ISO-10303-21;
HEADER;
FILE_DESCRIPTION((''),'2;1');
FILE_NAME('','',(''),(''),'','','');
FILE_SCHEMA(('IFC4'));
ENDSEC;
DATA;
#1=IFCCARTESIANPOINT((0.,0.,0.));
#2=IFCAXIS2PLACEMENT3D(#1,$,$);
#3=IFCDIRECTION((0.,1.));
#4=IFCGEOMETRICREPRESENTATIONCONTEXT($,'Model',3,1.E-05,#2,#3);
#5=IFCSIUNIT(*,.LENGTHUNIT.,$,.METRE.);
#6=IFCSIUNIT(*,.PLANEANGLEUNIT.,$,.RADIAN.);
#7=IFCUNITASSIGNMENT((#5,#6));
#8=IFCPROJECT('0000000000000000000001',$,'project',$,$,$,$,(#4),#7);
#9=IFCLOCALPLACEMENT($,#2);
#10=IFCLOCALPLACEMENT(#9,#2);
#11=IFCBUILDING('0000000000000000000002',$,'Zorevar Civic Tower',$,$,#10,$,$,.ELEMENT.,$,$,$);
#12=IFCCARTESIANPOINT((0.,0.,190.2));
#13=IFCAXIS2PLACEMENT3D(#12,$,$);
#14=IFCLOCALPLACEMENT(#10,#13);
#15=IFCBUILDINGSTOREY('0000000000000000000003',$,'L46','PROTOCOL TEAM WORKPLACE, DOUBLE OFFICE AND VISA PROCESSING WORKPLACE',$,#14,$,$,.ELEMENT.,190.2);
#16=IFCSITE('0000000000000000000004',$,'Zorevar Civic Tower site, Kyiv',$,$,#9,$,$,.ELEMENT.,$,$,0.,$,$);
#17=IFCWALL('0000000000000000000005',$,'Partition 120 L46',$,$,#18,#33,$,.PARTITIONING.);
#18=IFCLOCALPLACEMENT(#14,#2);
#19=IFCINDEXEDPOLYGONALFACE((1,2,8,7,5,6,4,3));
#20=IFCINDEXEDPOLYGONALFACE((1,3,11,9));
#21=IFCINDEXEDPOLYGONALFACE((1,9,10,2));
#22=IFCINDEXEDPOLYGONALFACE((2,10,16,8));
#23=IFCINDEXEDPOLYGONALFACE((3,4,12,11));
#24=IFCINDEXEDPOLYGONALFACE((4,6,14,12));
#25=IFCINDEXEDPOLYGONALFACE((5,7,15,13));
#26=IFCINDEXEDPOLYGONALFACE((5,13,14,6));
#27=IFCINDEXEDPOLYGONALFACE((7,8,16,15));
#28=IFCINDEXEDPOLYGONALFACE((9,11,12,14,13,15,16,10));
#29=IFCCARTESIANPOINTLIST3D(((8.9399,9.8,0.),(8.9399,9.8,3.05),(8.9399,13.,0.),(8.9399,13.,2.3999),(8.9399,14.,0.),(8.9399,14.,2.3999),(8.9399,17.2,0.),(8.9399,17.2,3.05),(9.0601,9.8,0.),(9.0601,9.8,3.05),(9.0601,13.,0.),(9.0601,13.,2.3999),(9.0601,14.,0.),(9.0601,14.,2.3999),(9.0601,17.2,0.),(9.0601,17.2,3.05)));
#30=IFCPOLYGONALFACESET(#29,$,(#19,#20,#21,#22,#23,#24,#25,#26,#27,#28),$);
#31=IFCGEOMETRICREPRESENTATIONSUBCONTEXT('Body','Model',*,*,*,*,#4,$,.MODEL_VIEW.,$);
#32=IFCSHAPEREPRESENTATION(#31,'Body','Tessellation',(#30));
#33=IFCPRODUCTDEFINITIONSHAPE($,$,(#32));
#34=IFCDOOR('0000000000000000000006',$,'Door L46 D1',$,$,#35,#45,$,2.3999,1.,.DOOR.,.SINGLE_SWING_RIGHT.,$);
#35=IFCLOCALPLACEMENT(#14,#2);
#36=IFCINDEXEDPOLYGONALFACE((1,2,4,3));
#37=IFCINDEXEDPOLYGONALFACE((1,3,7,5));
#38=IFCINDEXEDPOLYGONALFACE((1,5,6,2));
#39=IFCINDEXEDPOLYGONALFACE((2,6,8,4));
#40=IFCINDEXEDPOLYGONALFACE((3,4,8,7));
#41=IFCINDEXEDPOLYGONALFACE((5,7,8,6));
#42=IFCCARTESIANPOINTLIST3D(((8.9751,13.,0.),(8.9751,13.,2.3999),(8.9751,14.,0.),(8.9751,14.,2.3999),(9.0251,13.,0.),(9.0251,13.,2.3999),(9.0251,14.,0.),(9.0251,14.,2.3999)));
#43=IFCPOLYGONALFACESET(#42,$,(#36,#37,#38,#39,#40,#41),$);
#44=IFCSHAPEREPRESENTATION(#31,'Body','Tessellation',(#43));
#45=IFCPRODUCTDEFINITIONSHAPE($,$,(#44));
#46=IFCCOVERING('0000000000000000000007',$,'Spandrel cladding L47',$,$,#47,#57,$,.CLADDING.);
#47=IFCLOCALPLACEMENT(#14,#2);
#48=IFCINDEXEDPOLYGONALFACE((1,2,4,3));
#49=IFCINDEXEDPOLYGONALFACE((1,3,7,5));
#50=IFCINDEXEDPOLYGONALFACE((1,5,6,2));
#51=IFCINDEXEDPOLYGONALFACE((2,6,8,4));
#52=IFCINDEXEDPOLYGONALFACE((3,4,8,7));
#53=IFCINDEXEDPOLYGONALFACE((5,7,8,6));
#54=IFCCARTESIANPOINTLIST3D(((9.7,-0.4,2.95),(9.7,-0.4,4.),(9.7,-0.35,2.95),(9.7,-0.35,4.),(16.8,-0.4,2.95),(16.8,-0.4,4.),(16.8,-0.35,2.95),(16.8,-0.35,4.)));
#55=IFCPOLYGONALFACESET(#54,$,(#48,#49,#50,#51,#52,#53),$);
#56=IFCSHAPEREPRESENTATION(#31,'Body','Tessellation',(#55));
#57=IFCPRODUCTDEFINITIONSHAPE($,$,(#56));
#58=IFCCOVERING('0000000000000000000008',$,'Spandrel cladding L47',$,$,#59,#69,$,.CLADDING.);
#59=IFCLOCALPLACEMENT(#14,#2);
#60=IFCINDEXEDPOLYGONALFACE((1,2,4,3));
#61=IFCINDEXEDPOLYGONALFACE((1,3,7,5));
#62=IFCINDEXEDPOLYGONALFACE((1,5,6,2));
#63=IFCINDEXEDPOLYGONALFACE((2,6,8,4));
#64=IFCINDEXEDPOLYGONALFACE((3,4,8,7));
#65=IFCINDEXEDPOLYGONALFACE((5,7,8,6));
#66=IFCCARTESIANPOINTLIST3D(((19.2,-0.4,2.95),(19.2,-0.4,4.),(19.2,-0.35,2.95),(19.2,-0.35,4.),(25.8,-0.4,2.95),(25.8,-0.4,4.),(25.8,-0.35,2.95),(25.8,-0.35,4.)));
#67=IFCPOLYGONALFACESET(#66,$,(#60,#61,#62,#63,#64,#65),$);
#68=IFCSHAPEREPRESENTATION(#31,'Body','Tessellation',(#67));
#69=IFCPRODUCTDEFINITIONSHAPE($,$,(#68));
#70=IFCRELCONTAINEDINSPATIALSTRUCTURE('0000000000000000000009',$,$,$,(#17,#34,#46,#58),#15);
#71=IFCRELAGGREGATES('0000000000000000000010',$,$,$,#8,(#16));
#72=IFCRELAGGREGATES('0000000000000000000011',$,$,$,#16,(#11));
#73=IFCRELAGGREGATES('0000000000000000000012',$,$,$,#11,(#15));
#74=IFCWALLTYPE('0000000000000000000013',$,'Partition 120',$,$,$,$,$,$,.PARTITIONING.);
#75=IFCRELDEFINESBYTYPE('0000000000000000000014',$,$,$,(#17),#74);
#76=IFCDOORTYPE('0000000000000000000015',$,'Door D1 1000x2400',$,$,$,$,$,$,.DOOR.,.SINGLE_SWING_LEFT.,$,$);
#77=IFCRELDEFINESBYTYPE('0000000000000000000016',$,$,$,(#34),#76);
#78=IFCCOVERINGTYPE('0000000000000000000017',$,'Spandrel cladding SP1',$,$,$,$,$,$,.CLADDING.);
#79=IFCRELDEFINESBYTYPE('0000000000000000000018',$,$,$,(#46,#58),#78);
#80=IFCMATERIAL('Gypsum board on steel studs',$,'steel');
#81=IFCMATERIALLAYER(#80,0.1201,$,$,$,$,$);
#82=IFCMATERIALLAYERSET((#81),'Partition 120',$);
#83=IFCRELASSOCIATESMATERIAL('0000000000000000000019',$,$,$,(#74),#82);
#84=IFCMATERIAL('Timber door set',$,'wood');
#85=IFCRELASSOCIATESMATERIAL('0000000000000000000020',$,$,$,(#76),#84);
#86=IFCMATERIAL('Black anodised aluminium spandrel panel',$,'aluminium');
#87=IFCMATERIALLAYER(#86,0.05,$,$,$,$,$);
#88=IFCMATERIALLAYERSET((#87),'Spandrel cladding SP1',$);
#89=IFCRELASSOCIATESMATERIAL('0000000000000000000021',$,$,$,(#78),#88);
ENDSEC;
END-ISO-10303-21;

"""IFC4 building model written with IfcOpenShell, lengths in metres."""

from ifc_helpers import new_model, si_unit, direction, frame, frame_2d, origin, place, context, subcontext, project, spatial, rectangle, extrude, material, layer, layer_set, type_object, element, fill, save


model = new_model("IFC4")

# Units and contexts
model_context = context("Model", 3, precision=1e-05, world=origin(), true_north=direction((0.0, 1.0)))
body_context = subcontext(model_context, "Body", "Model", "MODEL_VIEW")
ifc_project = project(units=[si_unit("LENGTHUNIT", "METRE"), si_unit("PLANEANGLEUNIT", "RADIAN")], contexts=[model_context])

# Site, building, storey
site_placement = place(None, origin())
site = spatial("IfcSite", under=ifc_project, at=site_placement, Name="Zorevar Civic Tower site, Kyiv", CompositionType="ELEMENT", RefElevation=0.0)
building_placement = place(site_placement, origin())
building = spatial("IfcBuilding", under=site, at=building_placement, Name="Zorevar Civic Tower", CompositionType="ELEMENT")
storey_placement = place(building_placement, frame((0.0, 0.0, 190.2)))
storey = spatial("IfcBuildingStorey", under=building, at=storey_placement, Name="L46", Description="PROTOCOL TEAM WORKPLACE, DOUBLE OFFICE AND VISA PROCESSING WORKPLACE", CompositionType="ELEMENT", Elevation=190.2)

# Wall, opening, door
ifc_material_1 = material(Name="Gypsum board on steel studs", Category="steel")
ifc_layer_1 = layer(ifc_material_1, 0.1201)
ifc_layer_set_1 = layer_set([ifc_layer_1], Name="Partition 120")
wall_type_1 = type_object("IfcWallType", Name="Partition 120", PredefinedType="PARTITIONING", material=ifc_layer_set_1)
wall_1_placement = place(storey_placement, frame((9.0, 9.8, 0.0), z_axis=(0.0, 0.0, 1.0), x_axis=(0.0, 1.0, 0.0)))
wall_1 = element("IfcWall", 1, at=wall_1_placement, inside=storey, type_object=wall_type_1, Name="Partition 120 L46", PredefinedType="PARTITIONING", context=body_context, shape_type="SweptSolid", body=[
    extrude(rectangle(XDim=7.3999, YDim=0.1201, at=frame_2d((3.7, 0.0))), origin(), (0.0, 0.0, 1.0), 3.05),
])
opening_1_placement = place(wall_1_placement, frame((3.2, 0.0, 0.0)))
opening_1 = element("IfcOpeningElement", 2, at=opening_1_placement, cuts=wall_1, PredefinedType="OPENING", context=body_context, shape_type="SweptSolid", body=[
    extrude(rectangle(XDim=1.0, YDim=2.3999, at=frame_2d((0.5, 1.2))), frame((0.0, 0.0701, 0.0), z_axis=(0.0, -1.0, 0.0), x_axis=(1.0, 0.0, 0.0)), (0.0, 0.0, 1.0), 0.1401),
])
ifc_material_2 = material(Name="Timber door set", Category="wood")
door_type_1 = type_object("IfcDoorType", Name="Door D1 1000x2400", OperationType="SINGLE_SWING_LEFT", PredefinedType="DOOR", material=ifc_material_2)
door_1_placement = place(opening_1_placement, origin())
door_1 = element("IfcDoor", 3, at=door_1_placement, inside=storey, type_object=door_type_1, Name="Door L46 D1", OperationType="SINGLE_SWING_RIGHT", OverallHeight=2.3999, OverallWidth=1.0, PredefinedType="DOOR", context=body_context, shape_type="SweptSolid", body=[
    extrude(rectangle(XDim=1.0, YDim=2.3999, at=frame_2d((0.5, 1.2))), frame((0.0, 0.0249, 0.0), z_axis=(0.0, -1.0, 0.0), x_axis=(1.0, 0.0, 0.0)), (0.0, 0.0, 1.0), 0.05),
])
fill(opening_1, door_1)

# Coverings
ifc_material_3 = material(Name="Black anodised aluminium spandrel panel", Category="aluminium")
ifc_layer_2 = layer(ifc_material_3, 0.05)
ifc_layer_set_2 = layer_set([ifc_layer_2], Name="Spandrel cladding SP1")
covering_type = type_object("IfcCoveringType", Name="Spandrel cladding SP1", PredefinedType="CLADDING", material=ifc_layer_set_2)
covering_1_placement = place(storey_placement, frame((9.7, -0.375, 2.95), z_axis=(0.0, 0.0, 1.0), x_axis=(1.0, 0.0, 0.0)))
element("IfcCovering", 4, at=covering_1_placement, inside=storey, type_object=covering_type, Name="Spandrel cladding L47", PredefinedType="CLADDING", context=body_context, shape_type="SweptSolid", body=[
    extrude(rectangle(XDim=7.1001, YDim=0.05, at=frame_2d((3.55, 0.0))), origin(), (0.0, 0.0, 1.0), 1.05),
])
covering_2_placement = place(storey_placement, frame((19.2, -0.375, 2.95), z_axis=(0.0, 0.0, 1.0), x_axis=(1.0, 0.0, 0.0)))
element("IfcCovering", 5, at=covering_2_placement, inside=storey, type_object=covering_type, Name="Spandrel cladding L47", PredefinedType="CLADDING", context=body_context, shape_type="SweptSolid", body=[
    extrude(rectangle(XDim=6.6001, YDim=0.05, at=frame_2d((3.3, 0.0))), origin(), (0.0, 0.0, 1.0), 1.05),
])

save(model, "model.ifc")
